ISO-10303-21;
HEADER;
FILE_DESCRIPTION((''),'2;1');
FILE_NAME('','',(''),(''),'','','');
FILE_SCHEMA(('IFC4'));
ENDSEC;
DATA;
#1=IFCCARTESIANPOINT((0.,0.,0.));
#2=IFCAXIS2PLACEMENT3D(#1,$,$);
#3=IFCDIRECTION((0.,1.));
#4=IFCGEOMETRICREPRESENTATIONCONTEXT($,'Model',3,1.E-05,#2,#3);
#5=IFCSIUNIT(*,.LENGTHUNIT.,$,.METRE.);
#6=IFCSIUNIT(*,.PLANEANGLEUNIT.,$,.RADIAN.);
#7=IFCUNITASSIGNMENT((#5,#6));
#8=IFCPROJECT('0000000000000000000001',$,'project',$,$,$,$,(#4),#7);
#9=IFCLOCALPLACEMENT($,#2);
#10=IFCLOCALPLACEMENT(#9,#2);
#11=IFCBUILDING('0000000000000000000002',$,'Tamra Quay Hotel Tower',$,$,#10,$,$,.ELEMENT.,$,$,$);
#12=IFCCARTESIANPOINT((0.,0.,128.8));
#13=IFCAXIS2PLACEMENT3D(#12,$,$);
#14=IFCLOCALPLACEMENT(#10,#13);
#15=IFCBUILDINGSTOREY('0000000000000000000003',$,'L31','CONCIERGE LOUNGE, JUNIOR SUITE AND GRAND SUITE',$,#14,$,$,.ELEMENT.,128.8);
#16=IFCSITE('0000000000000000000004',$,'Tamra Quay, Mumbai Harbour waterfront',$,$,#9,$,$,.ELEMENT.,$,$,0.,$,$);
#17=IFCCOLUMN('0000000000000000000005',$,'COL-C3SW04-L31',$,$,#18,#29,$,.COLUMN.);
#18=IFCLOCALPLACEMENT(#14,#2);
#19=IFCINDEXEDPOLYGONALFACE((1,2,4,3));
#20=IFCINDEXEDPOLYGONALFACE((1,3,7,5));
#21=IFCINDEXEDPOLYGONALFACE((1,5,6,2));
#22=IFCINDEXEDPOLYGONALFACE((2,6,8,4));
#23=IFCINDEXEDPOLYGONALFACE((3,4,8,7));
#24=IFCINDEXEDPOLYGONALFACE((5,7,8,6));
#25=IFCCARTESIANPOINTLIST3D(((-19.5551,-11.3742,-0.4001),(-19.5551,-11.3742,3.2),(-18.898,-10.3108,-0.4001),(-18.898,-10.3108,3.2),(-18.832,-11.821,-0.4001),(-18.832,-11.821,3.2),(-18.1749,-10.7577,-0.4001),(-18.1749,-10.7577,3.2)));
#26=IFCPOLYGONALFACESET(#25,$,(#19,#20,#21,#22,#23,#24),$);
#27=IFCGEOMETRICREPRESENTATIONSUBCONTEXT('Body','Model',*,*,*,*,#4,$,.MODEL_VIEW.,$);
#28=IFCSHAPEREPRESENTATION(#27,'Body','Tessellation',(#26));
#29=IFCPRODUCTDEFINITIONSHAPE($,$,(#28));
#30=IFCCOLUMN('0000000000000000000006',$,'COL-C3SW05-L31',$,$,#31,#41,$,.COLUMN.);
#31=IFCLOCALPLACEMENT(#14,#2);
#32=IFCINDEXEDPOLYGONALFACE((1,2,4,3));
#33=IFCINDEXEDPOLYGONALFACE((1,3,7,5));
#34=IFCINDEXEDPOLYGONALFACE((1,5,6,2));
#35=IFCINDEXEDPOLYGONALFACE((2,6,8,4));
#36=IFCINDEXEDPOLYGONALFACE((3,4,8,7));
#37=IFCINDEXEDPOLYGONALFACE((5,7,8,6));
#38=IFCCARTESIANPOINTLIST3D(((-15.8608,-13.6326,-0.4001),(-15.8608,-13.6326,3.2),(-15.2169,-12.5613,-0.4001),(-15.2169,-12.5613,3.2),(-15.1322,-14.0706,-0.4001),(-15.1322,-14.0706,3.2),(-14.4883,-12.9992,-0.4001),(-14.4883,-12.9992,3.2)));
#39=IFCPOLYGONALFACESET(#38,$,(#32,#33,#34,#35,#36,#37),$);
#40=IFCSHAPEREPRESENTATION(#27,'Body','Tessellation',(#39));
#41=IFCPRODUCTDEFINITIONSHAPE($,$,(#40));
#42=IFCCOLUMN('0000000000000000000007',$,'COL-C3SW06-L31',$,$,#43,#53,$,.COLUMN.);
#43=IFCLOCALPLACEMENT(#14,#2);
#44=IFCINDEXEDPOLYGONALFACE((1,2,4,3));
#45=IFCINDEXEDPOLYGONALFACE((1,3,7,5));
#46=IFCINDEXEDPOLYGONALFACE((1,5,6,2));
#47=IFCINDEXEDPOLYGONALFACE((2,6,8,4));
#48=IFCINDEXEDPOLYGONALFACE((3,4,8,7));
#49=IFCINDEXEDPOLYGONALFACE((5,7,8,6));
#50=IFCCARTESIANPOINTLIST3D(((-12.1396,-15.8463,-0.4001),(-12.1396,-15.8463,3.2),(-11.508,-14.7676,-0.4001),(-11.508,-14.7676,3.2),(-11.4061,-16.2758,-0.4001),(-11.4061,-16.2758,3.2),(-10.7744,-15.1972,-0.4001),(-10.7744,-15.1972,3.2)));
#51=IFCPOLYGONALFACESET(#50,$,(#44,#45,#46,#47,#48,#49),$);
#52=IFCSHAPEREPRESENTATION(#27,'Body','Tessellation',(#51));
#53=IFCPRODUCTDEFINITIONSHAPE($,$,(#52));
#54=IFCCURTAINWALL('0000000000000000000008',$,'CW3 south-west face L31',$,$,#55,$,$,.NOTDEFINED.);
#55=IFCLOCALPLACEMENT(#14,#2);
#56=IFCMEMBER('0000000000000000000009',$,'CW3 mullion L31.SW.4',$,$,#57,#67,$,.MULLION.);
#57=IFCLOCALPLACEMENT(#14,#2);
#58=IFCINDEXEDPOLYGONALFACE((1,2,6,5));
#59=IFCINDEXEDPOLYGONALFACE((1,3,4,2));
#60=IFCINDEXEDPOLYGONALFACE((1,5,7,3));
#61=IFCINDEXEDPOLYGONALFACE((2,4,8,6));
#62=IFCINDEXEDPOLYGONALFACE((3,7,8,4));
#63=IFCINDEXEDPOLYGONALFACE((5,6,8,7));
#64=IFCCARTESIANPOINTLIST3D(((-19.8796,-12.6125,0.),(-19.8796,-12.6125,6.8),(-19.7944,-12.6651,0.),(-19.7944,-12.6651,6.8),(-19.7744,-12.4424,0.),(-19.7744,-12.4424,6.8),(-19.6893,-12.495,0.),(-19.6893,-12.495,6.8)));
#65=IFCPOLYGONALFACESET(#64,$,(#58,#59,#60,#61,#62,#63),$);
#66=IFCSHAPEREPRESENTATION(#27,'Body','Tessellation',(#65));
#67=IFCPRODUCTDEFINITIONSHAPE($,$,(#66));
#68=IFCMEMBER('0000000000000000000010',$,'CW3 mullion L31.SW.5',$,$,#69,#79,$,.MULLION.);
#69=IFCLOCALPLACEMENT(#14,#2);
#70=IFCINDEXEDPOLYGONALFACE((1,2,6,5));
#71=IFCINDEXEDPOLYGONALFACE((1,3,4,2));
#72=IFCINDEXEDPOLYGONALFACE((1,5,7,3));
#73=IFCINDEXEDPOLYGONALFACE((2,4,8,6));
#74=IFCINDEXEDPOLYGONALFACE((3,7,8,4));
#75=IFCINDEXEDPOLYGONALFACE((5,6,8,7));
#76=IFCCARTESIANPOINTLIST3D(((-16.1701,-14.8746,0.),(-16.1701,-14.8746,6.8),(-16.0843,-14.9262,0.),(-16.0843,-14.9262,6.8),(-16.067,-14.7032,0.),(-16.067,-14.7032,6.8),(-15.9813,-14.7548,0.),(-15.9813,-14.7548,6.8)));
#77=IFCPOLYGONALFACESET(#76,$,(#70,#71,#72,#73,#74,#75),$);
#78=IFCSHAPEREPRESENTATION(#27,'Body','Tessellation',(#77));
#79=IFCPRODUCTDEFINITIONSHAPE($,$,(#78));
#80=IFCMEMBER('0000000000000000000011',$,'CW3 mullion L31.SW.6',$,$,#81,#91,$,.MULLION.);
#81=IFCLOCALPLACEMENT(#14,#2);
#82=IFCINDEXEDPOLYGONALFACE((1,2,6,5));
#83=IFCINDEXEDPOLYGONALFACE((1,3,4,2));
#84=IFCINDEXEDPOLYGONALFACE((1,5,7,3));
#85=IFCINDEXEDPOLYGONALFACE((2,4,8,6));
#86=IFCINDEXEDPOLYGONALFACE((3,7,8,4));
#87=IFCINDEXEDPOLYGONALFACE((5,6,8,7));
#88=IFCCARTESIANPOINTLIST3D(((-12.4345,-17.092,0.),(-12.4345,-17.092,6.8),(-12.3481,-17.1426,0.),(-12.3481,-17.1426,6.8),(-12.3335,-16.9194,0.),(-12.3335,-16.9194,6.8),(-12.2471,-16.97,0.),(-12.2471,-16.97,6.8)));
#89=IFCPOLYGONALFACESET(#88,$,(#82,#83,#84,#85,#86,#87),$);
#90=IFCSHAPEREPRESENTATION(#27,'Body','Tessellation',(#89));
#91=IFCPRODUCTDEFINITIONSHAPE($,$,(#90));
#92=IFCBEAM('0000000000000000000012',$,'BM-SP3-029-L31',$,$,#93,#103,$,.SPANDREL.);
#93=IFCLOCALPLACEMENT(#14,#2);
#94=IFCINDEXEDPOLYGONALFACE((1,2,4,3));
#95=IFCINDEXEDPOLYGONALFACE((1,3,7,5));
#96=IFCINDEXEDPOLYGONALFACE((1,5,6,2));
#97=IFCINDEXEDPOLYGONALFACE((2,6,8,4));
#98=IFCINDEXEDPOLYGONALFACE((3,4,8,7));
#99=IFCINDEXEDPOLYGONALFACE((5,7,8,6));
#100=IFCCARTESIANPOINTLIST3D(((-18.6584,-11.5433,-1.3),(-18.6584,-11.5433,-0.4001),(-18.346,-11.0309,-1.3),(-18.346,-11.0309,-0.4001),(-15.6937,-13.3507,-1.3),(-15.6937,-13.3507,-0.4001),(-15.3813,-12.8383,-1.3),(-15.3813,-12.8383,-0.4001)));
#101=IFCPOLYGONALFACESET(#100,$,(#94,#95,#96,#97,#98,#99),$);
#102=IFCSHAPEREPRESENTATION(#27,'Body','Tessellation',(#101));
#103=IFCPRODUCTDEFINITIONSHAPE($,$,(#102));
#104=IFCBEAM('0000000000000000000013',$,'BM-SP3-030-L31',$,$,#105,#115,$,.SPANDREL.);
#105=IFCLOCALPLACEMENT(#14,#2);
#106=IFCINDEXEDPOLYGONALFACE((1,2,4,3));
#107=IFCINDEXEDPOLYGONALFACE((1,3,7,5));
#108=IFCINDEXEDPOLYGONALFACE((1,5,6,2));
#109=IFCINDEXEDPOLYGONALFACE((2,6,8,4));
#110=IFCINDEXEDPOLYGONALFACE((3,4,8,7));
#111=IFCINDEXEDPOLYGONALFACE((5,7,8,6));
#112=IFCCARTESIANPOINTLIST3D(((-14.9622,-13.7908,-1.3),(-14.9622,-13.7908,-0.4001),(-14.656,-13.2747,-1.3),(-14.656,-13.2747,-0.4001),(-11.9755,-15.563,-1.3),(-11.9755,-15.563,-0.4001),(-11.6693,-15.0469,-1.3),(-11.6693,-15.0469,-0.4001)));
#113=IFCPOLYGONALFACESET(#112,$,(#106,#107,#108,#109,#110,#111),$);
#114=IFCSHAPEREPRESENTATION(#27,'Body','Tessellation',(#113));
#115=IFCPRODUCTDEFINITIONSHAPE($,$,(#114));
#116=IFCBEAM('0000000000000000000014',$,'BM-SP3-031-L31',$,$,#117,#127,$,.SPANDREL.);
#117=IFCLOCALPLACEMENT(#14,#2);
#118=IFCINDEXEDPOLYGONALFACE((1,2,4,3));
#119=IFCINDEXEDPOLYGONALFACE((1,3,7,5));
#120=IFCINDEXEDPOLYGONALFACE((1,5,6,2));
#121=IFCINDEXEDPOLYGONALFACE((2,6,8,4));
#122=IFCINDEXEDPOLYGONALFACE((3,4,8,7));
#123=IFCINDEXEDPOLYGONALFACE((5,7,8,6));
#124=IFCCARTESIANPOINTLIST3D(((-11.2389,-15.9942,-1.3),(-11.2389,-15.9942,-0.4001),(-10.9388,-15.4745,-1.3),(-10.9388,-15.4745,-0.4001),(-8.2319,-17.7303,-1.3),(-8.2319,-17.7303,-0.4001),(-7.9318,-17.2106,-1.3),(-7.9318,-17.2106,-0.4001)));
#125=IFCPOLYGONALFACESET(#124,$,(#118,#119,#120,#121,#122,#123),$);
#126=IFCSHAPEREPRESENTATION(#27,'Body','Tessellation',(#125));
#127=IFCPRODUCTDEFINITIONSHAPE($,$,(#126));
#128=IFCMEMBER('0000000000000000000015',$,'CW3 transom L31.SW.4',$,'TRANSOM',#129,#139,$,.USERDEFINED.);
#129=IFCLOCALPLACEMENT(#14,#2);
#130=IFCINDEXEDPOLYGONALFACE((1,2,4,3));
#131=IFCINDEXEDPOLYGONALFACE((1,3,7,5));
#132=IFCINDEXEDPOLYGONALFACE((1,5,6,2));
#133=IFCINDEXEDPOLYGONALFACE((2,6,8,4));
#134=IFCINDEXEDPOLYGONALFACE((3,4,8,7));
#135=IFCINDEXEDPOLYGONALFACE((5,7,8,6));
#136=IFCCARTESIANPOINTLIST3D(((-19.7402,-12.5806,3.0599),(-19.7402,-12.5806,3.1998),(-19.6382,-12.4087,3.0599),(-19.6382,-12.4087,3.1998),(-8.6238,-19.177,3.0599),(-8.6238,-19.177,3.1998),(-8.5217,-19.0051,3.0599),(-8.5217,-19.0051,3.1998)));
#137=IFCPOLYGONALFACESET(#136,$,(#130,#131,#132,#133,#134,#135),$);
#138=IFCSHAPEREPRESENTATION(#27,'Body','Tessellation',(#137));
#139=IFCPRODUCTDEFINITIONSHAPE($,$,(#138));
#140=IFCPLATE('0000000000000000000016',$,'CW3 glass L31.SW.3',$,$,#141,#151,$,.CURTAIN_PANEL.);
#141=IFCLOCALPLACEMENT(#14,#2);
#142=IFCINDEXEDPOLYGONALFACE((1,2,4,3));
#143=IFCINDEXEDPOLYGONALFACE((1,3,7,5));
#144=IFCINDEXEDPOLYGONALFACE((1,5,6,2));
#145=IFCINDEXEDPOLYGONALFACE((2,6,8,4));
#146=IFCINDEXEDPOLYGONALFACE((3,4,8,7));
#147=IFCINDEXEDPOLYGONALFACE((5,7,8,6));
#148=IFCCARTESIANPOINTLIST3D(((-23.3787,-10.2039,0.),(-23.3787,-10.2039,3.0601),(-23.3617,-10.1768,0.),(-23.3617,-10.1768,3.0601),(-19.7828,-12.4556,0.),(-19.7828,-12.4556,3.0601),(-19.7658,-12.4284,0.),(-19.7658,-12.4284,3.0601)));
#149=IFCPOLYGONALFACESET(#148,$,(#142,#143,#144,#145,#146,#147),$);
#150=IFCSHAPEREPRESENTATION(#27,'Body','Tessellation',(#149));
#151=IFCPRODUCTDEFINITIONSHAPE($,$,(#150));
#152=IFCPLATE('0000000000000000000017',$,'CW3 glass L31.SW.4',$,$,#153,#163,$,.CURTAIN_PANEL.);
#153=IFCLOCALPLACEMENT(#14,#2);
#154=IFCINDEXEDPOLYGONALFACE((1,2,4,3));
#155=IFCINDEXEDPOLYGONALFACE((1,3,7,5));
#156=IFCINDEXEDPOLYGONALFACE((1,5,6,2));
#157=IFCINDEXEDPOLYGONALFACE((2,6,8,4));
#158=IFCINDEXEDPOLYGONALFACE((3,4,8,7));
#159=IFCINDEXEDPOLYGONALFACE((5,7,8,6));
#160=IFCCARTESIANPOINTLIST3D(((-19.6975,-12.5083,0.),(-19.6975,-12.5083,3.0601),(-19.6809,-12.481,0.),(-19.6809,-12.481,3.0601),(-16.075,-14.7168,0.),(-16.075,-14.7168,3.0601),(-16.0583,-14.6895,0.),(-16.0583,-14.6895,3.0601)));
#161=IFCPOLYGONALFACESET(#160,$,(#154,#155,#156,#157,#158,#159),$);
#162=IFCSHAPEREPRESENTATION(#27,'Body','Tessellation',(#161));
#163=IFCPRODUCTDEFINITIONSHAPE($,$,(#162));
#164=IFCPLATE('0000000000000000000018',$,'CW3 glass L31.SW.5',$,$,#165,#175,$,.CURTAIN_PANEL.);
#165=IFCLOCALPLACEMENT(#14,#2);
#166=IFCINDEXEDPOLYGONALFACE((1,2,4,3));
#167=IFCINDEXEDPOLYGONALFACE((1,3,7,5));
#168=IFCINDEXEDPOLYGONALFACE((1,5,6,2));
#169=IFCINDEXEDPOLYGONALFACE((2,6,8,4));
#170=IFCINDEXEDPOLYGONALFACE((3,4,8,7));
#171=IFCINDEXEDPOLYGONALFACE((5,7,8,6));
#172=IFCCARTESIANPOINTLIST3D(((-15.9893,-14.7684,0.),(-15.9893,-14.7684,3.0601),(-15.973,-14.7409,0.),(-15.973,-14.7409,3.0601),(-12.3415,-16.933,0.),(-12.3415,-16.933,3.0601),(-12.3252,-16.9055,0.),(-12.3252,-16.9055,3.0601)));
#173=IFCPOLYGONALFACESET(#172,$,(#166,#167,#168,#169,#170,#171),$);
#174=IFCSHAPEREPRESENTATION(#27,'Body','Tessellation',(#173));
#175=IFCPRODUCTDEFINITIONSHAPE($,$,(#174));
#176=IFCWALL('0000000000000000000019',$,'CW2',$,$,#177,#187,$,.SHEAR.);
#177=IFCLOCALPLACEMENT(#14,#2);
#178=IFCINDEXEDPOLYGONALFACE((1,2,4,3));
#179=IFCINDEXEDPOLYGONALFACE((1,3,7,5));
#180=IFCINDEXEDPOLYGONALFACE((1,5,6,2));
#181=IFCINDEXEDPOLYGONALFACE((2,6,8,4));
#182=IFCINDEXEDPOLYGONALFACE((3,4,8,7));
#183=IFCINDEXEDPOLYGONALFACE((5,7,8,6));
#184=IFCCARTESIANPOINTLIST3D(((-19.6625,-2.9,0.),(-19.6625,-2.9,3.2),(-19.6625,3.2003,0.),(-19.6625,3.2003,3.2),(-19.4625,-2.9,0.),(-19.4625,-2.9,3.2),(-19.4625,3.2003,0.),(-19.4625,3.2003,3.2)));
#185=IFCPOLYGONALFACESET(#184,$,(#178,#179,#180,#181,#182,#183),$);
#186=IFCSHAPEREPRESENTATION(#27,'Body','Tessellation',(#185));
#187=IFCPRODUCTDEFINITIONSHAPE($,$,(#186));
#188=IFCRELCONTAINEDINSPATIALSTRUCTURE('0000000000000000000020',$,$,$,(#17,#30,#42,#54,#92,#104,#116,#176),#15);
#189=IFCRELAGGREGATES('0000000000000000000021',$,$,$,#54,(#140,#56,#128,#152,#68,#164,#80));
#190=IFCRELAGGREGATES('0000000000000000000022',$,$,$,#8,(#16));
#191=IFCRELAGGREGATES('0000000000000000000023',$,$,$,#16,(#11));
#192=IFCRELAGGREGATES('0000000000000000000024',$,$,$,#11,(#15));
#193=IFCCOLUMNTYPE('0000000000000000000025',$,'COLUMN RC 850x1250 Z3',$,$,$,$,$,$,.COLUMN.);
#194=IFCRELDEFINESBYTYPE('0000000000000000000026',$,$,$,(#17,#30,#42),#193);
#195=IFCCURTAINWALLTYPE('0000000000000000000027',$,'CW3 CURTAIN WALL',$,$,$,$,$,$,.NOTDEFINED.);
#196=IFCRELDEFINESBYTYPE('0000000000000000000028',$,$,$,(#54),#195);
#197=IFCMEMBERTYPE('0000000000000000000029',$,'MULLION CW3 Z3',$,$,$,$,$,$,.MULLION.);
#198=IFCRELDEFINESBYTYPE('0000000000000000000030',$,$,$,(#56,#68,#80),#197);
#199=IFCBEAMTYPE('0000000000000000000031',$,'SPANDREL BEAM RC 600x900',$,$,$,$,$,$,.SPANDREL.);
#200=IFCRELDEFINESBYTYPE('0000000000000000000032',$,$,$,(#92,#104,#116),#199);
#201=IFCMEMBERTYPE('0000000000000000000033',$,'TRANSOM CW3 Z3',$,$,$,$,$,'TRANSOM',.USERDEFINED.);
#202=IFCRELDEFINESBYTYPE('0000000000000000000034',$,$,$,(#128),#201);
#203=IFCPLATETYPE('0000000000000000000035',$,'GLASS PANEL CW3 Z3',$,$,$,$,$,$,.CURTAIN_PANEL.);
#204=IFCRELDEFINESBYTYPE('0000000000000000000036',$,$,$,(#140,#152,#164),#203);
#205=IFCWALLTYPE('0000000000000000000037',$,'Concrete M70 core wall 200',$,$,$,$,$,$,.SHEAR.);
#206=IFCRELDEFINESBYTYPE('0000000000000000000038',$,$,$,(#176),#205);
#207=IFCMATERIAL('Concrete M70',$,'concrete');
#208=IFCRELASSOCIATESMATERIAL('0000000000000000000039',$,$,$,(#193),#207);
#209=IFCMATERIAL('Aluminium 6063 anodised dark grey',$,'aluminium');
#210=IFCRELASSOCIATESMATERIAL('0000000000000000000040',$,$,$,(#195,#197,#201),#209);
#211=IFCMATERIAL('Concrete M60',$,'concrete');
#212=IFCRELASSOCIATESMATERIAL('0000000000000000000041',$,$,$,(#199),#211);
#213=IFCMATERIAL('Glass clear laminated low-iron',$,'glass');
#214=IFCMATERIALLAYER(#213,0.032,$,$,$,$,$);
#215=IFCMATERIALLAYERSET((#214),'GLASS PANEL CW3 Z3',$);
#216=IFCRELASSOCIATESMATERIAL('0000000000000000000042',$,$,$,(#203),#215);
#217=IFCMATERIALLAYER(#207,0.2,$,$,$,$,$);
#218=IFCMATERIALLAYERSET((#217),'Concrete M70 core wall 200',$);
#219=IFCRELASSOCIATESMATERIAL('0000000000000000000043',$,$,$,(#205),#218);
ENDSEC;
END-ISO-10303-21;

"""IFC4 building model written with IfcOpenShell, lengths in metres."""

from ifc_helpers import new_model, si_unit, direction, frame, frame_2d, origin, origin_2d, place, context, subcontext, project, spatial, rectangle, extrude, material, layer, layer_set, material_profile, profile_set, type_object, element, aggregate, save


model = new_model("IFC4")

# Units and contexts
model_context = context("Model", 3, precision=1e-05, world=origin(), true_north=direction((0.0, 1.0)))
body_context = subcontext(model_context, "Body", "Model", "MODEL_VIEW")
ifc_project = project(units=[si_unit("LENGTHUNIT", "METRE"), si_unit("PLANEANGLEUNIT", "RADIAN")], contexts=[model_context])

# Site, building, storey
site_placement = place(None, origin())
site = spatial("IfcSite", under=ifc_project, at=site_placement, Name="Tamra Quay, Mumbai Harbour waterfront", CompositionType="ELEMENT", RefElevation=0.0)
building_placement = place(site_placement, origin())
building = spatial("IfcBuilding", under=site, at=building_placement, Name="Tamra Quay Hotel Tower", CompositionType="ELEMENT")
storey_placement = place(building_placement, frame((0.0, 0.0, 128.8)))
storey = spatial("IfcBuildingStorey", under=building, at=storey_placement, Name="L31", Description="CONCIERGE LOUNGE, JUNIOR SUITE AND GRAND SUITE", CompositionType="ELEMENT", Elevation=128.8)

# Columns
ifc_material_1 = material(Name="Concrete M70", Category="concrete")
ifc_material_profile_1 = material_profile(ifc_material_1, rectangle(XDim=1.25, YDim=0.8501, at=origin_2d()), Name="COLUMN RC 850x1250 Z3")
ifc_profile_set_1 = profile_set([ifc_material_profile_1], Name="Concrete M70")
column_type = type_object("IfcColumnType", Name="COLUMN RC 850x1250 Z3", PredefinedType="COLUMN", material=ifc_profile_set_1)
for number, where, z_axis, x_axis, name in (
    (1, (-18.865, -11.0659, -0.4001), (0.0, 0.0, 1.0), (0.525677, 0.850685, 0.0), "COL-C3SW04-L31"),
    (2, (-15.1746, -13.3159, -0.4001), (0.0, 0.0, 1.0), (0.515162, 0.857093, 0.0), "COL-C3SW05-L31"),
    (3, (-11.457, -15.5217, -0.4001), (0.0, 0.0, 1.0), (0.505325, 0.862929, 0.0), "COL-C3SW06-L31"),
):
    element("IfcColumn", number, at=place(storey_placement, frame(where, z_axis=z_axis, x_axis=x_axis)), inside=storey, type_object=column_type, Name=name, PredefinedType="COLUMN", context=body_context, shape_type="SweptSolid", body=[
        extrude(rectangle(XDim=1.25, YDim=0.8501, at=origin_2d()), origin(), (0.0, 0.0, 1.0), 3.6001),
    ])

# Curtain wall, members
ifc_material_2 = material(Name="Aluminium 6063 anodised dark grey", Category="aluminium")
curtain_wall_type = type_object("IfcCurtainWallType", Name="CW3 CURTAIN WALL", PredefinedType="NOTDEFINED", material=ifc_material_2)
curtain_wall_placement = place(storey_placement, origin())
curtain_wall = element("IfcCurtainWall", 4, at=curtain_wall_placement, inside=storey, type_object=curtain_wall_type, Name="CW3 south-west face L31", PredefinedType="NOTDEFINED")
ifc_material_profile_2 = material_profile(ifc_material_2, rectangle(XDim=0.2, YDim=0.1001, at=origin_2d()), Name="MULLION 100X200")
ifc_profile_set_2 = profile_set([ifc_material_profile_2], Name="Aluminium 6063 anodised dark grey")
member_type_1 = type_object("IfcMemberType", Name="MULLION CW3 Z3", PredefinedType="MULLION", material=ifc_profile_set_2)
member_1_placement = place(storey_placement, frame((-19.7844, -12.5537, 0.0), z_axis=(0.0, 0.0, 1.0), x_axis=(-0.525646, -0.850703, 0.0)))
member_1 = element("IfcMember", 5, at=member_1_placement, type_object=member_type_1, Name="CW3 mullion L31.SW.4", PredefinedType="MULLION", context=body_context, shape_type="SweptSolid", body=[
    extrude(rectangle(XDim=0.2, YDim=0.1001, at=origin_2d()), origin(), (0.0, 0.0, 1.0), 6.8),
])
member_2_placement = place(storey_placement, frame((-16.0757, -14.8147, 0.0), z_axis=(0.0, 0.0, 1.0), x_axis=(-0.515445, -0.856923, 0.0)))
member_2 = element("IfcMember", 6, at=member_2_placement, type_object=member_type_1, Name="CW3 mullion L31.SW.5", PredefinedType="MULLION", context=body_context, shape_type="SweptSolid", body=[
    extrude(rectangle(XDim=0.2, YDim=0.1001, at=origin_2d()), origin(), (0.0, 0.0, 1.0), 6.8),
])
member_3_placement = place(storey_placement, frame((-12.3408, -17.031, 0.0), z_axis=(0.0, 0.0, 1.0), x_axis=(-0.505169, -0.863021, 0.0)))
member_3 = element("IfcMember", 7, at=member_3_placement, type_object=member_type_1, Name="CW3 mullion L31.SW.6", PredefinedType="MULLION", context=body_context, shape_type="SweptSolid", body=[
    extrude(rectangle(XDim=0.2, YDim=0.1001, at=origin_2d()), origin(), (0.0, 0.0, 1.0), 6.8),
])

# Beams
ifc_material_3 = material(Name="Concrete M60", Category="concrete")
ifc_material_profile_3 = material_profile(ifc_material_3, rectangle(XDim=0.6001, YDim=0.8999, at=origin_2d()), Name="SPANDREL BEAM RC 600x900")
ifc_profile_set_3 = profile_set([ifc_material_profile_3], Name="Concrete M60")
beam_type = type_object("IfcBeamType", Name="SPANDREL BEAM RC 600x900", PredefinedType="SPANDREL", material=ifc_profile_set_3)
beam_1_placement = place(storey_placement, frame((-18.5022, -11.2871, -0.8501), z_axis=(0.853836, -0.520542, 0.0), x_axis=(0.520542, 0.853836, 0.0)))
element("IfcBeam", 8, at=beam_1_placement, inside=storey, type_object=beam_type, Name="BM-SP3-029-L31", PredefinedType="SPANDREL", context=body_context, shape_type="SweptSolid", body=[
    extrude(rectangle(XDim=0.6001, YDim=0.8999, at=origin_2d()), origin(), (0.0, 0.0, 1.0), 3.4722),
])
beam_2_placement = place(storey_placement, frame((-14.8091, -13.5327, -0.8501), z_axis=(0.859989, -0.510313, 0.0), x_axis=(0.510313, 0.859989, 0.0)))
element("IfcBeam", 9, at=beam_2_placement, inside=storey, type_object=beam_type, Name="BM-SP3-030-L31", PredefinedType="SPANDREL", context=body_context, shape_type="SweptSolid", body=[
    extrude(rectangle(XDim=0.6001, YDim=0.8999, at=origin_2d()), origin(), (0.0, 0.0, 1.0), 3.4729),
])
beam_3_placement = place(storey_placement, frame((-11.0889, -15.7344, -0.8501), z_axis=(0.866032, -0.499988, 0.0), x_axis=(0.499988, 0.866032, 0.0)))
element("IfcBeam", 10, at=beam_3_placement, inside=storey, type_object=beam_type, Name="BM-SP3-031-L31", PredefinedType="SPANDREL", context=body_context, shape_type="SweptSolid", body=[
    extrude(rectangle(XDim=0.6001, YDim=0.8999, at=origin_2d()), origin(), (0.0, 0.0, 1.0), 3.4722),
])

# Member
ifc_material_profile_4 = material_profile(ifc_material_2, rectangle(XDim=0.2, YDim=0.1399, at=origin_2d()), Name="TRANSOM 200X140")
ifc_profile_set_4 = profile_set([ifc_material_profile_4], Name="Aluminium 6063 anodised dark grey")
member_type_2 = type_object("IfcMemberType", Name="TRANSOM CW3 Z3", ElementType="TRANSOM", PredefinedType="USERDEFINED", material=ifc_profile_set_4)
member_4_placement = place(storey_placement, frame((-19.6892, -12.4946, 3.1299), z_axis=(0.859989, -0.510312, 0.0), x_axis=(0.510312, 0.859989, 0.0)))
member_4 = element("IfcMember", 11, at=member_4_placement, type_object=member_type_2, Name="CW3 transom L31.SW.4", ObjectType="TRANSOM", PredefinedType="USERDEFINED", context=body_context, shape_type="SweptSolid", body=[
    extrude(rectangle(XDim=0.2, YDim=0.1399, at=origin_2d()), origin(), (0.0, 0.0, 1.0), 12.9263),
])

# Plates
ifc_material_4 = material(Name="Glass clear laminated low-iron", Category="glass")
ifc_layer_1 = layer(ifc_material_4, 0.032)
ifc_layer_set_1 = layer_set([ifc_layer_1], Name="GLASS PANEL CW3 Z3")
plate_type = type_object("IfcPlateType", Name="GLASS PANEL CW3 Z3", PredefinedType="CURTAIN_PANEL", material=ifc_layer_set_1)
plate_1_placement = place(storey_placement, frame((-21.5723, -11.3162, 0.0), z_axis=(0.0, 0.0, 1.0), x_axis=(0.847546, -0.530721, 0.0)))
plate_1 = element("IfcPlate", 12, at=plate_1_placement, type_object=plate_type, Name="CW3 glass L31.SW.3", PredefinedType="CURTAIN_PANEL", context=body_context, shape_type="SweptSolid", body=[
    extrude(rectangle(XDim=4.2427, YDim=0.032, at=origin_2d()), origin(), (0.0, 0.0, 1.0), 3.0601),
])
plate_2_placement = place(storey_placement, frame((-17.8779, -13.5989, 0.0), z_axis=(0.0, 0.0, 1.0), x_axis=(0.85383, -0.520552, 0.0)))
plate_2 = element("IfcPlate", 13, at=plate_2_placement, type_object=plate_type, Name="CW3 glass L31.SW.4", PredefinedType="CURTAIN_PANEL", context=body_context, shape_type="SweptSolid", body=[
    extrude(rectangle(XDim=4.2427, YDim=0.032, at=origin_2d()), origin(), (0.0, 0.0, 1.0), 3.0601),
])
plate_3_placement = place(storey_placement, frame((-14.1572, -15.8369, 0.0), z_axis=(0.0, 0.0, 1.0), x_axis=(0.859985, -0.510319, 0.0)))
plate_3 = element("IfcPlate", 14, at=plate_3_placement, type_object=plate_type, Name="CW3 glass L31.SW.5", PredefinedType="CURTAIN_PANEL", context=body_context, shape_type="SweptSolid", body=[
    extrude(rectangle(XDim=4.2417, YDim=0.032, at=origin_2d()), origin(), (0.0, 0.0, 1.0), 3.0601),
])
aggregate(curtain_wall, [plate_1, member_1, member_4, plate_2, member_2, plate_3, member_3])

# Wall
ifc_layer_2 = layer(ifc_material_1, 0.2)
ifc_layer_set_2 = layer_set([ifc_layer_2], Name="Concrete M70 core wall 200")
wall_type_1 = type_object("IfcWallType", Name="Concrete M70 core wall 200", PredefinedType="SHEAR", material=ifc_layer_set_2)
wall_1_placement = place(storey_placement, frame((-19.5625, -2.9001, 0.0), z_axis=(0.0, 0.0, 1.0), x_axis=(0.0, 1.0, 0.0)))
element("IfcWall", 15, at=wall_1_placement, inside=storey, type_object=wall_type_1, Name="CW2", PredefinedType="SHEAR", context=body_context, shape_type="SweptSolid", body=[
    extrude(rectangle(XDim=6.1003, YDim=0.2, at=frame_2d((3.0503, 0.0))), origin(), (0.0, 0.0, 1.0), 3.2),
])

save(model, "model.ifc")
